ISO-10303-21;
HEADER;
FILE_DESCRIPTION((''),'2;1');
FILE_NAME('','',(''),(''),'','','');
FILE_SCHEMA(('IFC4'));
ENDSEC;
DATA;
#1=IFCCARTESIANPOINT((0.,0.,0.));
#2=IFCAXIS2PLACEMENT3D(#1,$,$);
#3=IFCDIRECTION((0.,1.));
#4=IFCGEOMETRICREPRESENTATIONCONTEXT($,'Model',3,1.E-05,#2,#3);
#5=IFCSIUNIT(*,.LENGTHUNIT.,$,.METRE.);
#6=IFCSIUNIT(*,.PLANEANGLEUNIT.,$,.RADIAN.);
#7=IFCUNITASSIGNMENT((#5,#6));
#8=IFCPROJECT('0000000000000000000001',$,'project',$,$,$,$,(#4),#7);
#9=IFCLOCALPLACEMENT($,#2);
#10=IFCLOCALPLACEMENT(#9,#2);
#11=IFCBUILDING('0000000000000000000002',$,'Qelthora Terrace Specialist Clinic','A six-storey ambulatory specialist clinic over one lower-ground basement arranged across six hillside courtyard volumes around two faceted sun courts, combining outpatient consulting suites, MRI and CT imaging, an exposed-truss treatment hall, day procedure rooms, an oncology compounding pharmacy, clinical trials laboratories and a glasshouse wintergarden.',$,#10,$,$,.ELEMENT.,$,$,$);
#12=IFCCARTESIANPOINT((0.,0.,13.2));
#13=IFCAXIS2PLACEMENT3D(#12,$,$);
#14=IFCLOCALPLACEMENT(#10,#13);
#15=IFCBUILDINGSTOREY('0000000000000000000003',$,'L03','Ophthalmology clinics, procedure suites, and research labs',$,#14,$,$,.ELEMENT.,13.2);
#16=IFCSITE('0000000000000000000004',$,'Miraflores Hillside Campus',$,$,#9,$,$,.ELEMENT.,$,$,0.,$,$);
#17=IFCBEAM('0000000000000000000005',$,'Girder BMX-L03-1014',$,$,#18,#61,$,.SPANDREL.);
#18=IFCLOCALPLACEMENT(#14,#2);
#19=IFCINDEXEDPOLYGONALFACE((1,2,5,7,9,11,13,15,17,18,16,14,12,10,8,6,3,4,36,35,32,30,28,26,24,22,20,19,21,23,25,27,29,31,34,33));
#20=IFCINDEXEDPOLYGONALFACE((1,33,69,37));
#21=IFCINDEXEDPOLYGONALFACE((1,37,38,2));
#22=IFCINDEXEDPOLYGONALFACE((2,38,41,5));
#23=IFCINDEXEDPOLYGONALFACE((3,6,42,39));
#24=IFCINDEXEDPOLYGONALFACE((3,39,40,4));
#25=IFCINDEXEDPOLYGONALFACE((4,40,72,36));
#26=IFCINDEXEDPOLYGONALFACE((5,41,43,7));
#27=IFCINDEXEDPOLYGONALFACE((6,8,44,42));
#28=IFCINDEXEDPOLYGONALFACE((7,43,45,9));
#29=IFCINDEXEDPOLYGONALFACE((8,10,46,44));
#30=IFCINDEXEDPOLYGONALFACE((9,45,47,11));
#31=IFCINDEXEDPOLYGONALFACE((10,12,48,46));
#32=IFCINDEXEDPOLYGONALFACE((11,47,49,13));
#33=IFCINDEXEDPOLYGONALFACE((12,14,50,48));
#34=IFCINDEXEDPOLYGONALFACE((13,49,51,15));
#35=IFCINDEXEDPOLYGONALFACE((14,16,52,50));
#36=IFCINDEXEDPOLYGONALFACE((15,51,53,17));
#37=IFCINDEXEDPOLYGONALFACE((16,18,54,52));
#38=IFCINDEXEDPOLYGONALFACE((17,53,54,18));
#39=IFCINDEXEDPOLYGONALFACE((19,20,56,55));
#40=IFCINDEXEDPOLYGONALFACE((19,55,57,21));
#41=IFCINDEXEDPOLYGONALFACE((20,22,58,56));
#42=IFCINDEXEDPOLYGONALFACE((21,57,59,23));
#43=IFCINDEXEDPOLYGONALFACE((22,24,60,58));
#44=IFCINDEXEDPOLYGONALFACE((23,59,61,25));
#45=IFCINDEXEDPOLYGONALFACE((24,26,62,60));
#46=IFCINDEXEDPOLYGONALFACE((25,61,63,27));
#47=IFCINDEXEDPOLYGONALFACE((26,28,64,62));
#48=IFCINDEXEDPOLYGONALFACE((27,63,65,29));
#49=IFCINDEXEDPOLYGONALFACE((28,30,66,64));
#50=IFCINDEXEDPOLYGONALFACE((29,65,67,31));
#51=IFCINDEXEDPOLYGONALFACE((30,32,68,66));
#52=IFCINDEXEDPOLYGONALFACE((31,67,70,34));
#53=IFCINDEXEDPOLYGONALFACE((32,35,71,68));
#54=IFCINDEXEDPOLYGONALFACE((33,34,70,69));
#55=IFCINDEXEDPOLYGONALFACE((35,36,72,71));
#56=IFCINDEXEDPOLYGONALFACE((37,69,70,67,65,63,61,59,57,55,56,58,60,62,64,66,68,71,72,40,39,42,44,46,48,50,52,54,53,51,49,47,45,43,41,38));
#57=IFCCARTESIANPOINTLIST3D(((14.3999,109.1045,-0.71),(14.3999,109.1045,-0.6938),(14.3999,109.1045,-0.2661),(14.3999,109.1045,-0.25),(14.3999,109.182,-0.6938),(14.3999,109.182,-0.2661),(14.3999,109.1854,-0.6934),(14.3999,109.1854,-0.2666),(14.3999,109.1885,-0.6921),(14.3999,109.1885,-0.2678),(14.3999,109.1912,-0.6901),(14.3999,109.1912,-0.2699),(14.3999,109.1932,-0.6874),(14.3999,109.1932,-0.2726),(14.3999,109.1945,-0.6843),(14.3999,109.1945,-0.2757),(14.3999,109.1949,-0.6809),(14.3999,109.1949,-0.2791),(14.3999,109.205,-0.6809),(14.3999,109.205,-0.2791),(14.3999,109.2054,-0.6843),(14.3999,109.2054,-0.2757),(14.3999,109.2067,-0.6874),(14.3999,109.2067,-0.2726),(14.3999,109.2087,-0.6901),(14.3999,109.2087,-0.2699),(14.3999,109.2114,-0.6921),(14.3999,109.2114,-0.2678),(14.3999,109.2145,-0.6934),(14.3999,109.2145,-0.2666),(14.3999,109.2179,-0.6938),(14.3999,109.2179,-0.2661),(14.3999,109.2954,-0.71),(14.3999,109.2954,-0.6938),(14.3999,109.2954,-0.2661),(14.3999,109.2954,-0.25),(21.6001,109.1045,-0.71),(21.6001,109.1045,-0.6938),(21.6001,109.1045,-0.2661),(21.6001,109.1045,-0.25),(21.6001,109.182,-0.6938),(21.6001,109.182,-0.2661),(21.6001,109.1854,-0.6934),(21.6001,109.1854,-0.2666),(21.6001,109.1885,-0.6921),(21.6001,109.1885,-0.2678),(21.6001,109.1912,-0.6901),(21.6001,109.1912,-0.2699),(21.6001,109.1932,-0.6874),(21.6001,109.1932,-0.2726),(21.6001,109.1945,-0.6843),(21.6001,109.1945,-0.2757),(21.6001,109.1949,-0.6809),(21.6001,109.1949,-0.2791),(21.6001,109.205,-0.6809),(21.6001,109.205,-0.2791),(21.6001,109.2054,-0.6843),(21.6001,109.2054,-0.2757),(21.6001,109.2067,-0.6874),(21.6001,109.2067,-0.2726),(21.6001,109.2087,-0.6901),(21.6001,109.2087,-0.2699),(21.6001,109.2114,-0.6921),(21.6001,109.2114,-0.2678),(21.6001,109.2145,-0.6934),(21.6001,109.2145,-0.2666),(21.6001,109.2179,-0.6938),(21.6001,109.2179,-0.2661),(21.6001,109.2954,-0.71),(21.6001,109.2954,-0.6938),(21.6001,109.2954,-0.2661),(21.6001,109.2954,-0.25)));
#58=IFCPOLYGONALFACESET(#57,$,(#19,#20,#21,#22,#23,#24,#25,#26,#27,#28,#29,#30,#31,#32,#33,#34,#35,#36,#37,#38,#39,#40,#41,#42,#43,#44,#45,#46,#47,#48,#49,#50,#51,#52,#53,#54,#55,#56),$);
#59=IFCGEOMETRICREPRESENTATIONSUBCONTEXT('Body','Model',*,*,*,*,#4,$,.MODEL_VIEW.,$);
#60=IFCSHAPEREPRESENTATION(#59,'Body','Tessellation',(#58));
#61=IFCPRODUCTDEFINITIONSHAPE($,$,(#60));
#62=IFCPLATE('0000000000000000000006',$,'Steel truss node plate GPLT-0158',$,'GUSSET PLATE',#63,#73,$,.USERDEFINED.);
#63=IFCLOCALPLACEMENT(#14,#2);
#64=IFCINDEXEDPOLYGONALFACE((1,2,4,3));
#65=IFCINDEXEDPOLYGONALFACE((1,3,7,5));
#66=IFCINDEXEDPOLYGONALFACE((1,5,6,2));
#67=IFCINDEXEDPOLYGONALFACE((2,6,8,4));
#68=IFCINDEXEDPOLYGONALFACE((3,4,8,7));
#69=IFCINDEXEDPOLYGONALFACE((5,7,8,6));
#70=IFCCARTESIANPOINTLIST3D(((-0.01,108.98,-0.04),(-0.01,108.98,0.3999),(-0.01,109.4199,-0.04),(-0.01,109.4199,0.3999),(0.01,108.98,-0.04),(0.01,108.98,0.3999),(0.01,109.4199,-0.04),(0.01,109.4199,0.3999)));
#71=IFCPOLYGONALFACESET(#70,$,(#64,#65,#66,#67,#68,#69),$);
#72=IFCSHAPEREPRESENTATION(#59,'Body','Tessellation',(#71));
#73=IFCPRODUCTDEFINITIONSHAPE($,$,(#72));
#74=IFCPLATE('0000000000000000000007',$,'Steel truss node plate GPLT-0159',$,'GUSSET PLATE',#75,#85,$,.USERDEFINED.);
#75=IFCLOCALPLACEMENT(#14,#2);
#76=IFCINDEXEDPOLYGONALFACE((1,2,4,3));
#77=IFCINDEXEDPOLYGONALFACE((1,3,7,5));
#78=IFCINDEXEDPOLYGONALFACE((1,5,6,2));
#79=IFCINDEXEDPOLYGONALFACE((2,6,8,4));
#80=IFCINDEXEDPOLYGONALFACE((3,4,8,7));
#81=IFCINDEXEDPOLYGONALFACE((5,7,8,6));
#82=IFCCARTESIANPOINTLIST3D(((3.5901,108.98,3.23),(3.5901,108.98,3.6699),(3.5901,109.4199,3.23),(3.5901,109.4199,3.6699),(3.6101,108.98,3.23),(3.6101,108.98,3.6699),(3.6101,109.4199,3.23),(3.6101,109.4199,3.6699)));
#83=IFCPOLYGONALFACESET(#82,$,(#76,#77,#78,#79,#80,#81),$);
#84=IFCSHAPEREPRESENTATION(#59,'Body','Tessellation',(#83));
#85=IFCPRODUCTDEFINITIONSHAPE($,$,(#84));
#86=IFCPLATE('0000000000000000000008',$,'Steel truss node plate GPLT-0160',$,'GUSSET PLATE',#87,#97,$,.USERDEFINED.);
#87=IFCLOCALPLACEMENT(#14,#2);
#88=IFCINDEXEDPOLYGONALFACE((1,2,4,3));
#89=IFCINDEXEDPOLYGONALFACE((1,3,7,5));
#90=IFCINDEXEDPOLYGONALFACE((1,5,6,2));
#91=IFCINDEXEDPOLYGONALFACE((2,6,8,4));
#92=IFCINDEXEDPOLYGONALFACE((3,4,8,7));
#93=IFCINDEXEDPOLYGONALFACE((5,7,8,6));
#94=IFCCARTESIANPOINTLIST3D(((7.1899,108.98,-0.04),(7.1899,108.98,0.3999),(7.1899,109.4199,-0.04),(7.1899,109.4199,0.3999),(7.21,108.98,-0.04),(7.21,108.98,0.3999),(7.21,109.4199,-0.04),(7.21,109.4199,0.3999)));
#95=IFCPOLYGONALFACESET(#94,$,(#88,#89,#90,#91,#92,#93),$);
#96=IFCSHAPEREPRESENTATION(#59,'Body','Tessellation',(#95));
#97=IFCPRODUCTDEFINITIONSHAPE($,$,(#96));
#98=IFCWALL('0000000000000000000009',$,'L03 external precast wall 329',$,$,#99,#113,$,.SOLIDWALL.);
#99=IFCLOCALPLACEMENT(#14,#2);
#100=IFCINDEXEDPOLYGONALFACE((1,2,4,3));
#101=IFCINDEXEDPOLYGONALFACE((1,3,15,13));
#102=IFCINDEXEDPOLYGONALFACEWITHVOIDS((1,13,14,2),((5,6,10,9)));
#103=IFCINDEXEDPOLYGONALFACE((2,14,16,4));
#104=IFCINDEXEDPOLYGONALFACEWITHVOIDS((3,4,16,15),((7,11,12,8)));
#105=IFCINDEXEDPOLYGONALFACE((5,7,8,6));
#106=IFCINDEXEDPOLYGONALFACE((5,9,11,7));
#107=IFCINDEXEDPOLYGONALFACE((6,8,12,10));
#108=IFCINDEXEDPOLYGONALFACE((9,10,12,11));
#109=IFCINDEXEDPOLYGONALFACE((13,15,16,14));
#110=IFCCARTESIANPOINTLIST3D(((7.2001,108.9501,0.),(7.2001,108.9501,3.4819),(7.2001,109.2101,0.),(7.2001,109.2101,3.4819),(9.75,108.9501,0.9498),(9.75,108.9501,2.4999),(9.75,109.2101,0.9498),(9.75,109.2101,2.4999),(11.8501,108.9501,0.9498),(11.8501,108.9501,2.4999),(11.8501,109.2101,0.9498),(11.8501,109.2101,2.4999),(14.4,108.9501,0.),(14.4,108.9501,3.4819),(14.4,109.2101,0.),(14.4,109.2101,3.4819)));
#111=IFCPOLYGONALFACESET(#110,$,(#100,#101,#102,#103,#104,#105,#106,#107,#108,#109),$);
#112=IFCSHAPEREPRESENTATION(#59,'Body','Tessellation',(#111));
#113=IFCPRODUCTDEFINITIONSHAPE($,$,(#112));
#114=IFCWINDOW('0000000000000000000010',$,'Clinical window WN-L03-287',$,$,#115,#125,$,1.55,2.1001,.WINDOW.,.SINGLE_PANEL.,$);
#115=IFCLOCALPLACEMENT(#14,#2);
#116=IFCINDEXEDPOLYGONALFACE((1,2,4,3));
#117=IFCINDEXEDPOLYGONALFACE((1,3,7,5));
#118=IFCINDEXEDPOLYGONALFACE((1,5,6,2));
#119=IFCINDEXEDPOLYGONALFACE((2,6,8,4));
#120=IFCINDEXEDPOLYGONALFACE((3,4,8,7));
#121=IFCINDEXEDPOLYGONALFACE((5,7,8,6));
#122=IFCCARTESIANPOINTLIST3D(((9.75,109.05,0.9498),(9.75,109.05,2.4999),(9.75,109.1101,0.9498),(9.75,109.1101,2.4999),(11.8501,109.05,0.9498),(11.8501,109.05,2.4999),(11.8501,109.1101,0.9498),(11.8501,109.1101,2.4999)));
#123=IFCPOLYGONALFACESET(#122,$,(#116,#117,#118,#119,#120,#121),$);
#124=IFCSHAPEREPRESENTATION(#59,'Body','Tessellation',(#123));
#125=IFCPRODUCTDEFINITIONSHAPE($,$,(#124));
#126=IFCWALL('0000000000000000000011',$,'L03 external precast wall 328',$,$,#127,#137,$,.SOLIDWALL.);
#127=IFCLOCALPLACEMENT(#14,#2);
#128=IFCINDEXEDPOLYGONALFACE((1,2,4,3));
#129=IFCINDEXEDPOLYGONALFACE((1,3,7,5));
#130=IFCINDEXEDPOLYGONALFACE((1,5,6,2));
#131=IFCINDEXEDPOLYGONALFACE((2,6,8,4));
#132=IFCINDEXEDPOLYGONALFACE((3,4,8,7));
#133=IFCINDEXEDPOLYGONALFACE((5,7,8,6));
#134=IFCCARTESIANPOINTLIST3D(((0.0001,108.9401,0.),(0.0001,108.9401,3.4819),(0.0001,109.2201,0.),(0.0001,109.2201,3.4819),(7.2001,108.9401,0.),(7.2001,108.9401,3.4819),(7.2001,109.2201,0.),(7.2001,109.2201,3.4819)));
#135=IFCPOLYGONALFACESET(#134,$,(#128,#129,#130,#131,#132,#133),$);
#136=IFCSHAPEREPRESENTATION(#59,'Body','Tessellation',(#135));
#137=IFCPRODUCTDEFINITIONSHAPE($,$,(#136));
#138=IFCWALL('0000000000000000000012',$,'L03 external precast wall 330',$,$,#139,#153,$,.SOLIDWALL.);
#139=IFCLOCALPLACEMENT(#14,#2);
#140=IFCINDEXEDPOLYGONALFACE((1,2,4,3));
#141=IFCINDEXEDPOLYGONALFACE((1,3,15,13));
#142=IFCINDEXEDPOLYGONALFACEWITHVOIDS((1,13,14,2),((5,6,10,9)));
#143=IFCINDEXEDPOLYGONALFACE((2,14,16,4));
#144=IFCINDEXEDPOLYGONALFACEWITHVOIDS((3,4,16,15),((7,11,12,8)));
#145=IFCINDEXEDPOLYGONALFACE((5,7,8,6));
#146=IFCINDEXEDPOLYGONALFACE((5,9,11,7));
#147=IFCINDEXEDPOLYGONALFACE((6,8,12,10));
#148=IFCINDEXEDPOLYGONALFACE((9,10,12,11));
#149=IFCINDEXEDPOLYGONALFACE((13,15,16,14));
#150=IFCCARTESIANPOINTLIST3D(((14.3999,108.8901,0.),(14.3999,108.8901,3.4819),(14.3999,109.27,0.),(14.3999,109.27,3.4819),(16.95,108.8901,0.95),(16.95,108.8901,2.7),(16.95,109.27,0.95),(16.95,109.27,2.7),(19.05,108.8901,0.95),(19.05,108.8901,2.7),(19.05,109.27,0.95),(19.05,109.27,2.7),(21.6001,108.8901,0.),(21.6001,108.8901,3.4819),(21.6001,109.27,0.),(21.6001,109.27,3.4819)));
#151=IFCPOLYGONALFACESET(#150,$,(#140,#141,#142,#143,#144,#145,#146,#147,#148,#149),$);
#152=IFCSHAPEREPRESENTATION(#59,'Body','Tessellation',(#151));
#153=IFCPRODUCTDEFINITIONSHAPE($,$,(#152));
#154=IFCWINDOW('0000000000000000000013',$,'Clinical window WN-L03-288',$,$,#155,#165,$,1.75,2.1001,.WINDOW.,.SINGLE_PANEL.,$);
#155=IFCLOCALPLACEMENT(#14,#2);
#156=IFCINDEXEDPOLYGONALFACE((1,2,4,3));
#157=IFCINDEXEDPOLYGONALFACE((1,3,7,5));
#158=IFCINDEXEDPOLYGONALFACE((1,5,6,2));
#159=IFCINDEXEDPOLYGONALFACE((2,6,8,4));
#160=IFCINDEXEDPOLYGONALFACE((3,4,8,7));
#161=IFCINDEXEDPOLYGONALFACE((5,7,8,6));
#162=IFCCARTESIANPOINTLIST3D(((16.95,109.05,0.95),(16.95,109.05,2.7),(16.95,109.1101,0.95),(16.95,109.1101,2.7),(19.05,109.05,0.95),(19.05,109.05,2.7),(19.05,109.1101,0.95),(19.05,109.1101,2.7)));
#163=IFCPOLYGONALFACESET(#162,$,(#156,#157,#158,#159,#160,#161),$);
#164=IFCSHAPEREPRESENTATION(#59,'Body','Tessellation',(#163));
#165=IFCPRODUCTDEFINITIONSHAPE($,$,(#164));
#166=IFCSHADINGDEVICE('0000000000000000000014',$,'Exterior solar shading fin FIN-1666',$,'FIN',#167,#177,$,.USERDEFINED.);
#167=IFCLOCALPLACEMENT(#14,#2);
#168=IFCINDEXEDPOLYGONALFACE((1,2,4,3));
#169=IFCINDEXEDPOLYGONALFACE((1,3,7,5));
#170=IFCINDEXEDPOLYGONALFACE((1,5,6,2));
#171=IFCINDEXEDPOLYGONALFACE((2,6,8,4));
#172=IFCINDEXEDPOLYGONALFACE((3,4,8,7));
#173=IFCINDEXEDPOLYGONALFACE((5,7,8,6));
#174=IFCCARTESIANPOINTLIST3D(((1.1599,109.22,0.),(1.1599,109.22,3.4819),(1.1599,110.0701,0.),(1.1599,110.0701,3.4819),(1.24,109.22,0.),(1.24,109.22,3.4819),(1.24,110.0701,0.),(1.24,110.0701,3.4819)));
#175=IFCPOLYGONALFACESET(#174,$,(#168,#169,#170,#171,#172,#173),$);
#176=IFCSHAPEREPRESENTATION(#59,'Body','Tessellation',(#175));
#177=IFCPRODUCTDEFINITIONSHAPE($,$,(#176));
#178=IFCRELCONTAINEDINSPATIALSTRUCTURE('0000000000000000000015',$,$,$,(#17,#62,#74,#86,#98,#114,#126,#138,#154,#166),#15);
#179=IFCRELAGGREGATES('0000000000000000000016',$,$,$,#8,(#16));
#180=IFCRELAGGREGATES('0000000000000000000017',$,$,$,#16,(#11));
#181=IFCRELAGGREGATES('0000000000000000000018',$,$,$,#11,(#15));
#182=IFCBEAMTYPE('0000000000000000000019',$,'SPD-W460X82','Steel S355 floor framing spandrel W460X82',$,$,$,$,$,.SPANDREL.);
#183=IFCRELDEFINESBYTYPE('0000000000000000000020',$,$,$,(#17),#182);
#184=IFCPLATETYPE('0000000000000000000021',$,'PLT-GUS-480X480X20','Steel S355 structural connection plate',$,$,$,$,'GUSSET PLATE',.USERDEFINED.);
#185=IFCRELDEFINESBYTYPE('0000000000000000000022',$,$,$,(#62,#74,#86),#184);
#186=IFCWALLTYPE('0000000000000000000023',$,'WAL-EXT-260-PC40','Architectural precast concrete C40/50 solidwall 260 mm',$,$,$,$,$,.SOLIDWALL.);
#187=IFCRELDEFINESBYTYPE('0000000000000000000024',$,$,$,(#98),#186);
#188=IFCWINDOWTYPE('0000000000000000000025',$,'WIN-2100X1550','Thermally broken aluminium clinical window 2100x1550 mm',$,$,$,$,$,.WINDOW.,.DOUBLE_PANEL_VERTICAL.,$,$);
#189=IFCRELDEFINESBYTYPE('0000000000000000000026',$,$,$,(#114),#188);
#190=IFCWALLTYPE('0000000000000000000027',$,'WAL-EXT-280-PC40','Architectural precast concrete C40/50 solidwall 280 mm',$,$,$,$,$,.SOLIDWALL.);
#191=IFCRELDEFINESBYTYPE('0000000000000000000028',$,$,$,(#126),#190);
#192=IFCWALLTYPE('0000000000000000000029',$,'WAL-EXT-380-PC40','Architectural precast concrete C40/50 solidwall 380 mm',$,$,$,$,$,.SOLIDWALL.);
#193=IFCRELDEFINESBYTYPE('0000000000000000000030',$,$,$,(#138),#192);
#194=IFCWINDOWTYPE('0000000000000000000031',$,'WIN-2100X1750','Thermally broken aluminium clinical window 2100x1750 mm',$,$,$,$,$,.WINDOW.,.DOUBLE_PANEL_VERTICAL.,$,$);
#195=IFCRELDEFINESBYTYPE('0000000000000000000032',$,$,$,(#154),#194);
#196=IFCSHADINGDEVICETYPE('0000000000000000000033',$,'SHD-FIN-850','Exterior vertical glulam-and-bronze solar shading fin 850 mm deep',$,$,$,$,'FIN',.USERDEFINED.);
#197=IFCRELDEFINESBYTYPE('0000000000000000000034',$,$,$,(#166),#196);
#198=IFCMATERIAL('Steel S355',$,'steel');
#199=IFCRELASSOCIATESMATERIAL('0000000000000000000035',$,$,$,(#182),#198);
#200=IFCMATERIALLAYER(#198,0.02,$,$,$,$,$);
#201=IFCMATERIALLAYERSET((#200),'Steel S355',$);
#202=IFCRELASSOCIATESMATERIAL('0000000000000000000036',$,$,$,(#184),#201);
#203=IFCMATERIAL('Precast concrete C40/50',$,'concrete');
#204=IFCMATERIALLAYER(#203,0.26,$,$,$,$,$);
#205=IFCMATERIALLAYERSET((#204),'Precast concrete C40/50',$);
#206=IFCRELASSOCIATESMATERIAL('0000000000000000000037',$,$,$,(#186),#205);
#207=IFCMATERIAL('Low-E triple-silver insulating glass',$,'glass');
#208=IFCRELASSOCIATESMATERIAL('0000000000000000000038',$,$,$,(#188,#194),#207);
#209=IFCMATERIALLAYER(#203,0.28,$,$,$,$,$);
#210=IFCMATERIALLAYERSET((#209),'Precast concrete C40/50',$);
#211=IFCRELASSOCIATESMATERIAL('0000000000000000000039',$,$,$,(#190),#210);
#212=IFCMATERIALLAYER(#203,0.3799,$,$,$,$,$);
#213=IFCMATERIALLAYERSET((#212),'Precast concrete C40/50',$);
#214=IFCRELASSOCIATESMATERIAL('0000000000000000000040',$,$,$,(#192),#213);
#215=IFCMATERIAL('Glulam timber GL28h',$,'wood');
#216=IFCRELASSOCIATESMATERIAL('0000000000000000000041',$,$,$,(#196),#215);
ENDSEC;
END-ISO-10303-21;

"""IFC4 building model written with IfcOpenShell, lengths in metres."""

from ifc_helpers import new_model, si_unit, direction, frame, frame_2d, origin, origin_2d, place, context, subcontext, project, spatial, rectangle, i_section, extrude, material, layer, layer_set, material_profile, profile_set, type_object, element, fill, save


model = new_model("IFC4")

# Units and contexts
model_context = context("Model", 3, precision=1e-05, world=origin(), true_north=direction((0.0, 1.0)))
body_context = subcontext(model_context, "Body", "Model", "MODEL_VIEW")
ifc_project = project(units=[si_unit("LENGTHUNIT", "METRE"), si_unit("PLANEANGLEUNIT", "RADIAN")], contexts=[model_context])

# Site, building, storey
site_placement = place(None, origin())
site = spatial("IfcSite", under=ifc_project, at=site_placement, Name="Miraflores Hillside Campus", CompositionType="ELEMENT", RefElevation=0.0)
building_placement = place(site_placement, origin())
building = spatial("IfcBuilding", under=site, at=building_placement, Name="Qelthora Terrace Specialist Clinic", Description="A six-storey ambulatory specialist clinic over one lower-ground basement arranged across six hillside courtyard volumes around two faceted sun courts, combining outpatient consulting suites, MRI and CT imaging, an exposed-truss treatment hall, day procedure rooms, an oncology compounding pharmacy, clinical trials laboratories and a glasshouse wintergarden.", CompositionType="ELEMENT")
storey_placement = place(building_placement, frame((0.0, 0.0, 13.2)))
storey = spatial("IfcBuildingStorey", under=building, at=storey_placement, Name="L03", Description="Ophthalmology clinics, procedure suites, and research labs", CompositionType="ELEMENT", Elevation=13.2)

# Shared definitions
ifc_material_1 = material(Name="Steel S355", Category="steel")

# Beam
ifc_material_profile_1 = material_profile(ifc_material_1, i_section(OverallWidth=0.1909, OverallDepth=0.46, WebThickness=0.01, FlangeThickness=0.0161, FilletRadius=0.0129, at=origin_2d()), Name="W460X82")
ifc_profile_set_1 = profile_set([ifc_material_profile_1], Name="Steel S355")
beam_type = type_object("IfcBeamType", Name="SPD-W460X82", Description="Steel S355 floor framing spandrel W460X82", PredefinedType="SPANDREL", material=ifc_profile_set_1)
beam_placement = place(storey_placement, frame((14.3999, 109.2, -0.48), z_axis=(1.0, 0.0, 0.0), x_axis=(0.0, 1.0, 0.0)))
element("IfcBeam", 1, at=beam_placement, inside=storey, type_object=beam_type, Name="Girder BMX-L03-1014", PredefinedType="SPANDREL", context=body_context, shape_type="SweptSolid", body=[
    extrude(i_section(OverallWidth=0.1909, OverallDepth=0.46, WebThickness=0.01, FlangeThickness=0.0161, FilletRadius=0.0129, at=origin_2d()), origin(), (0.0, 0.0, 1.0), 7.2002),
])

# Plates
ifc_layer_1 = layer(ifc_material_1, 0.02)
ifc_layer_set_1 = layer_set([ifc_layer_1], Name="Steel S355")
plate_type = type_object("IfcPlateType", Name="PLT-GUS-480X480X20", Description="Steel S355 structural connection plate", ElementType="GUSSET PLATE", PredefinedType="USERDEFINED", material=ifc_layer_set_1)
for number, where, z_axis, x_axis, name in (
    (2, (0.0, 109.2, -0.04), (0.0, 0.0, 1.0), (1.0, 0.0, 0.0), "Steel truss node plate GPLT-0158"),
    (3, (3.6001, 109.2, 3.23), (0.0, 0.0, 1.0), (1.0, 0.0, 0.0), "Steel truss node plate GPLT-0159"),
    (4, (7.2, 109.2, -0.04), (0.0, 0.0, 1.0), (1.0, 0.0, 0.0), "Steel truss node plate GPLT-0160"),
):
    element("IfcPlate", number, at=place(storey_placement, frame(where, z_axis=z_axis, x_axis=x_axis)), inside=storey, type_object=plate_type, Name=name, ObjectType="GUSSET PLATE", PredefinedType="USERDEFINED", context=body_context, shape_type="SweptSolid", body=[
        extrude(rectangle(XDim=0.02, YDim=0.4399, at=origin_2d()), origin(), (0.0, 0.0, 1.0), 0.4399),
    ])

# Wall, opening, window
ifc_material_2 = material(Name="Precast concrete C40/50", Category="concrete")
ifc_layer_2 = layer(ifc_material_2, 0.26)
ifc_layer_set_2 = layer_set([ifc_layer_2], Name="Precast concrete C40/50")
wall_type_1 = type_object("IfcWallType", Name="WAL-EXT-260-PC40", Description="Architectural precast concrete C40/50 solidwall 260 mm", PredefinedType="SOLIDWALL", material=ifc_layer_set_2)
wall_1_placement = place(storey_placement, frame((7.2, 109.0801, 0.0), z_axis=(0.0, 0.0, 1.0), x_axis=(1.0, 0.0, 0.0)))
wall_1 = element("IfcWall", 5, at=wall_1_placement, inside=storey, type_object=wall_type_1, Name="L03 external precast wall 329", PredefinedType="SOLIDWALL", context=body_context, shape_type="SweptSolid", body=[
    extrude(rectangle(XDim=7.2, YDim=0.26, at=frame_2d((3.6001, 0.0))), origin(), (0.0, 0.0, 1.0), 3.4819),
])
opening_1_placement = place(wall_1_placement, frame((2.55, 0.0, 0.95)))
opening_1 = element("IfcOpeningElement", 6, at=opening_1_placement, cuts=wall_1, PredefinedType="OPENING", context=body_context, shape_type="SweptSolid", body=[
    extrude(rectangle(XDim=2.1001, YDim=1.55, at=frame_2d((1.05, 0.7749))), frame((0.0, 0.1399, 0.0), z_axis=(0.0, -1.0, 0.0), x_axis=(1.0, 0.0, 0.0)), (0.0, 0.0, 1.0), 0.28),
])
ifc_material_3 = material(Name="Low-E triple-silver insulating glass", Category="glass")
window_type_1 = type_object("IfcWindowType", Name="WIN-2100X1550", Description="Thermally broken aluminium clinical window 2100x1550 mm", PartitioningType="DOUBLE_PANEL_VERTICAL", PredefinedType="WINDOW", material=ifc_material_3)
window_1_placement = place(opening_1_placement, origin())
window_1 = element("IfcWindow", 7, at=window_1_placement, inside=storey, type_object=window_type_1, Name="Clinical window WN-L03-287", OverallHeight=1.55, OverallWidth=2.1001, PartitioningType="SINGLE_PANEL", PredefinedType="WINDOW", context=body_context, shape_type="SweptSolid", body=[
    extrude(rectangle(XDim=2.1001, YDim=1.55, at=frame_2d((1.05, 0.7749))), frame((0.0, 0.03, 0.0), z_axis=(0.0, -1.0, 0.0), x_axis=(1.0, 0.0, 0.0)), (0.0, 0.0, 1.0), 0.0601),
])
fill(opening_1, window_1)

# Wall
ifc_layer_3 = layer(ifc_material_2, 0.28)
ifc_layer_set_3 = layer_set([ifc_layer_3], Name="Precast concrete C40/50")
wall_type_2 = type_object("IfcWallType", Name="WAL-EXT-280-PC40", Description="Architectural precast concrete C40/50 solidwall 280 mm", PredefinedType="SOLIDWALL", material=ifc_layer_set_3)
wall_2_placement = place(storey_placement, frame((0.0, 109.0801, 0.0), z_axis=(0.0, 0.0, 1.0), x_axis=(1.0, 0.0, 0.0)))
element("IfcWall", 8, at=wall_2_placement, inside=storey, type_object=wall_type_2, Name="L03 external precast wall 328", PredefinedType="SOLIDWALL", context=body_context, shape_type="SweptSolid", body=[
    extrude(rectangle(XDim=7.2, YDim=0.28, at=frame_2d((3.6001, 0.0))), origin(), (0.0, 0.0, 1.0), 3.4819),
])

# Wall, opening, window
ifc_layer_4 = layer(ifc_material_2, 0.3799)
ifc_layer_set_4 = layer_set([ifc_layer_4], Name="Precast concrete C40/50")
wall_type_3 = type_object("IfcWallType", Name="WAL-EXT-380-PC40", Description="Architectural precast concrete C40/50 solidwall 380 mm", PredefinedType="SOLIDWALL", material=ifc_layer_set_4)
wall_3_placement = place(storey_placement, frame((14.3999, 109.0801, 0.0), z_axis=(0.0, 0.0, 1.0), x_axis=(1.0, 0.0, 0.0)))
wall_3 = element("IfcWall", 9, at=wall_3_placement, inside=storey, type_object=wall_type_3, Name="L03 external precast wall 330", PredefinedType="SOLIDWALL", context=body_context, shape_type="SweptSolid", body=[
    extrude(rectangle(XDim=7.2002, YDim=0.3799, at=frame_2d((3.6001, 0.0))), origin(), (0.0, 0.0, 1.0), 3.4819),
])
opening_2_placement = place(wall_3_placement, frame((2.55, 0.0, 0.95)))
opening_2 = element("IfcOpeningElement", 10, at=opening_2_placement, cuts=wall_3, PredefinedType="OPENING", context=body_context, shape_type="SweptSolid", body=[
    extrude(rectangle(XDim=2.1001, YDim=1.75, at=frame_2d((1.05, 0.875))), frame((0.0, 0.2, 0.0), z_axis=(0.0, -1.0, 0.0), x_axis=(1.0, 0.0, 0.0)), (0.0, 0.0, 1.0), 0.3999),
])
window_type_2 = type_object("IfcWindowType", Name="WIN-2100X1750", Description="Thermally broken aluminium clinical window 2100x1750 mm", PartitioningType="DOUBLE_PANEL_VERTICAL", PredefinedType="WINDOW", material=ifc_material_3)
window_2_placement = place(opening_2_placement, origin())
window_2 = element("IfcWindow", 11, at=window_2_placement, inside=storey, type_object=window_type_2, Name="Clinical window WN-L03-288", OverallHeight=1.75, OverallWidth=2.1001, PartitioningType="SINGLE_PANEL", PredefinedType="WINDOW", context=body_context, shape_type="SweptSolid", body=[
    extrude(rectangle(XDim=2.1001, YDim=1.75, at=frame_2d((1.05, 0.875))), frame((0.0, 0.03, 0.0), z_axis=(0.0, -1.0, 0.0), x_axis=(1.0, 0.0, 0.0)), (0.0, 0.0, 1.0), 0.0601),
])
fill(opening_2, window_2)

# Shading device
ifc_material_4 = material(Name="Glulam timber GL28h", Category="wood")
shading_device_type = type_object("IfcShadingDeviceType", Name="SHD-FIN-850", Description="Exterior vertical glulam-and-bronze solar shading fin 850 mm deep", ElementType="FIN", PredefinedType="USERDEFINED", material=ifc_material_4)
for number, where, z_axis, x_axis, name in (
    (12, (1.2, 109.645, 0.0), (0.0, 0.0, 1.0), (0.0, 1.0, 0.0), "Exterior solar shading fin FIN-1666"),
):
    element("IfcShadingDevice", number, at=place(storey_placement, frame(where, z_axis=z_axis, x_axis=x_axis)), inside=storey, type_object=shading_device_type, Name=name, ObjectType="FIN", PredefinedType="USERDEFINED", context=body_context, shape_type="SweptSolid", body=[
        extrude(rectangle(XDim=0.8501, YDim=0.0801, at=origin_2d()), origin(), (0.0, 0.0, 1.0), 3.4819),
    ])

save(model, "model.ifc")
